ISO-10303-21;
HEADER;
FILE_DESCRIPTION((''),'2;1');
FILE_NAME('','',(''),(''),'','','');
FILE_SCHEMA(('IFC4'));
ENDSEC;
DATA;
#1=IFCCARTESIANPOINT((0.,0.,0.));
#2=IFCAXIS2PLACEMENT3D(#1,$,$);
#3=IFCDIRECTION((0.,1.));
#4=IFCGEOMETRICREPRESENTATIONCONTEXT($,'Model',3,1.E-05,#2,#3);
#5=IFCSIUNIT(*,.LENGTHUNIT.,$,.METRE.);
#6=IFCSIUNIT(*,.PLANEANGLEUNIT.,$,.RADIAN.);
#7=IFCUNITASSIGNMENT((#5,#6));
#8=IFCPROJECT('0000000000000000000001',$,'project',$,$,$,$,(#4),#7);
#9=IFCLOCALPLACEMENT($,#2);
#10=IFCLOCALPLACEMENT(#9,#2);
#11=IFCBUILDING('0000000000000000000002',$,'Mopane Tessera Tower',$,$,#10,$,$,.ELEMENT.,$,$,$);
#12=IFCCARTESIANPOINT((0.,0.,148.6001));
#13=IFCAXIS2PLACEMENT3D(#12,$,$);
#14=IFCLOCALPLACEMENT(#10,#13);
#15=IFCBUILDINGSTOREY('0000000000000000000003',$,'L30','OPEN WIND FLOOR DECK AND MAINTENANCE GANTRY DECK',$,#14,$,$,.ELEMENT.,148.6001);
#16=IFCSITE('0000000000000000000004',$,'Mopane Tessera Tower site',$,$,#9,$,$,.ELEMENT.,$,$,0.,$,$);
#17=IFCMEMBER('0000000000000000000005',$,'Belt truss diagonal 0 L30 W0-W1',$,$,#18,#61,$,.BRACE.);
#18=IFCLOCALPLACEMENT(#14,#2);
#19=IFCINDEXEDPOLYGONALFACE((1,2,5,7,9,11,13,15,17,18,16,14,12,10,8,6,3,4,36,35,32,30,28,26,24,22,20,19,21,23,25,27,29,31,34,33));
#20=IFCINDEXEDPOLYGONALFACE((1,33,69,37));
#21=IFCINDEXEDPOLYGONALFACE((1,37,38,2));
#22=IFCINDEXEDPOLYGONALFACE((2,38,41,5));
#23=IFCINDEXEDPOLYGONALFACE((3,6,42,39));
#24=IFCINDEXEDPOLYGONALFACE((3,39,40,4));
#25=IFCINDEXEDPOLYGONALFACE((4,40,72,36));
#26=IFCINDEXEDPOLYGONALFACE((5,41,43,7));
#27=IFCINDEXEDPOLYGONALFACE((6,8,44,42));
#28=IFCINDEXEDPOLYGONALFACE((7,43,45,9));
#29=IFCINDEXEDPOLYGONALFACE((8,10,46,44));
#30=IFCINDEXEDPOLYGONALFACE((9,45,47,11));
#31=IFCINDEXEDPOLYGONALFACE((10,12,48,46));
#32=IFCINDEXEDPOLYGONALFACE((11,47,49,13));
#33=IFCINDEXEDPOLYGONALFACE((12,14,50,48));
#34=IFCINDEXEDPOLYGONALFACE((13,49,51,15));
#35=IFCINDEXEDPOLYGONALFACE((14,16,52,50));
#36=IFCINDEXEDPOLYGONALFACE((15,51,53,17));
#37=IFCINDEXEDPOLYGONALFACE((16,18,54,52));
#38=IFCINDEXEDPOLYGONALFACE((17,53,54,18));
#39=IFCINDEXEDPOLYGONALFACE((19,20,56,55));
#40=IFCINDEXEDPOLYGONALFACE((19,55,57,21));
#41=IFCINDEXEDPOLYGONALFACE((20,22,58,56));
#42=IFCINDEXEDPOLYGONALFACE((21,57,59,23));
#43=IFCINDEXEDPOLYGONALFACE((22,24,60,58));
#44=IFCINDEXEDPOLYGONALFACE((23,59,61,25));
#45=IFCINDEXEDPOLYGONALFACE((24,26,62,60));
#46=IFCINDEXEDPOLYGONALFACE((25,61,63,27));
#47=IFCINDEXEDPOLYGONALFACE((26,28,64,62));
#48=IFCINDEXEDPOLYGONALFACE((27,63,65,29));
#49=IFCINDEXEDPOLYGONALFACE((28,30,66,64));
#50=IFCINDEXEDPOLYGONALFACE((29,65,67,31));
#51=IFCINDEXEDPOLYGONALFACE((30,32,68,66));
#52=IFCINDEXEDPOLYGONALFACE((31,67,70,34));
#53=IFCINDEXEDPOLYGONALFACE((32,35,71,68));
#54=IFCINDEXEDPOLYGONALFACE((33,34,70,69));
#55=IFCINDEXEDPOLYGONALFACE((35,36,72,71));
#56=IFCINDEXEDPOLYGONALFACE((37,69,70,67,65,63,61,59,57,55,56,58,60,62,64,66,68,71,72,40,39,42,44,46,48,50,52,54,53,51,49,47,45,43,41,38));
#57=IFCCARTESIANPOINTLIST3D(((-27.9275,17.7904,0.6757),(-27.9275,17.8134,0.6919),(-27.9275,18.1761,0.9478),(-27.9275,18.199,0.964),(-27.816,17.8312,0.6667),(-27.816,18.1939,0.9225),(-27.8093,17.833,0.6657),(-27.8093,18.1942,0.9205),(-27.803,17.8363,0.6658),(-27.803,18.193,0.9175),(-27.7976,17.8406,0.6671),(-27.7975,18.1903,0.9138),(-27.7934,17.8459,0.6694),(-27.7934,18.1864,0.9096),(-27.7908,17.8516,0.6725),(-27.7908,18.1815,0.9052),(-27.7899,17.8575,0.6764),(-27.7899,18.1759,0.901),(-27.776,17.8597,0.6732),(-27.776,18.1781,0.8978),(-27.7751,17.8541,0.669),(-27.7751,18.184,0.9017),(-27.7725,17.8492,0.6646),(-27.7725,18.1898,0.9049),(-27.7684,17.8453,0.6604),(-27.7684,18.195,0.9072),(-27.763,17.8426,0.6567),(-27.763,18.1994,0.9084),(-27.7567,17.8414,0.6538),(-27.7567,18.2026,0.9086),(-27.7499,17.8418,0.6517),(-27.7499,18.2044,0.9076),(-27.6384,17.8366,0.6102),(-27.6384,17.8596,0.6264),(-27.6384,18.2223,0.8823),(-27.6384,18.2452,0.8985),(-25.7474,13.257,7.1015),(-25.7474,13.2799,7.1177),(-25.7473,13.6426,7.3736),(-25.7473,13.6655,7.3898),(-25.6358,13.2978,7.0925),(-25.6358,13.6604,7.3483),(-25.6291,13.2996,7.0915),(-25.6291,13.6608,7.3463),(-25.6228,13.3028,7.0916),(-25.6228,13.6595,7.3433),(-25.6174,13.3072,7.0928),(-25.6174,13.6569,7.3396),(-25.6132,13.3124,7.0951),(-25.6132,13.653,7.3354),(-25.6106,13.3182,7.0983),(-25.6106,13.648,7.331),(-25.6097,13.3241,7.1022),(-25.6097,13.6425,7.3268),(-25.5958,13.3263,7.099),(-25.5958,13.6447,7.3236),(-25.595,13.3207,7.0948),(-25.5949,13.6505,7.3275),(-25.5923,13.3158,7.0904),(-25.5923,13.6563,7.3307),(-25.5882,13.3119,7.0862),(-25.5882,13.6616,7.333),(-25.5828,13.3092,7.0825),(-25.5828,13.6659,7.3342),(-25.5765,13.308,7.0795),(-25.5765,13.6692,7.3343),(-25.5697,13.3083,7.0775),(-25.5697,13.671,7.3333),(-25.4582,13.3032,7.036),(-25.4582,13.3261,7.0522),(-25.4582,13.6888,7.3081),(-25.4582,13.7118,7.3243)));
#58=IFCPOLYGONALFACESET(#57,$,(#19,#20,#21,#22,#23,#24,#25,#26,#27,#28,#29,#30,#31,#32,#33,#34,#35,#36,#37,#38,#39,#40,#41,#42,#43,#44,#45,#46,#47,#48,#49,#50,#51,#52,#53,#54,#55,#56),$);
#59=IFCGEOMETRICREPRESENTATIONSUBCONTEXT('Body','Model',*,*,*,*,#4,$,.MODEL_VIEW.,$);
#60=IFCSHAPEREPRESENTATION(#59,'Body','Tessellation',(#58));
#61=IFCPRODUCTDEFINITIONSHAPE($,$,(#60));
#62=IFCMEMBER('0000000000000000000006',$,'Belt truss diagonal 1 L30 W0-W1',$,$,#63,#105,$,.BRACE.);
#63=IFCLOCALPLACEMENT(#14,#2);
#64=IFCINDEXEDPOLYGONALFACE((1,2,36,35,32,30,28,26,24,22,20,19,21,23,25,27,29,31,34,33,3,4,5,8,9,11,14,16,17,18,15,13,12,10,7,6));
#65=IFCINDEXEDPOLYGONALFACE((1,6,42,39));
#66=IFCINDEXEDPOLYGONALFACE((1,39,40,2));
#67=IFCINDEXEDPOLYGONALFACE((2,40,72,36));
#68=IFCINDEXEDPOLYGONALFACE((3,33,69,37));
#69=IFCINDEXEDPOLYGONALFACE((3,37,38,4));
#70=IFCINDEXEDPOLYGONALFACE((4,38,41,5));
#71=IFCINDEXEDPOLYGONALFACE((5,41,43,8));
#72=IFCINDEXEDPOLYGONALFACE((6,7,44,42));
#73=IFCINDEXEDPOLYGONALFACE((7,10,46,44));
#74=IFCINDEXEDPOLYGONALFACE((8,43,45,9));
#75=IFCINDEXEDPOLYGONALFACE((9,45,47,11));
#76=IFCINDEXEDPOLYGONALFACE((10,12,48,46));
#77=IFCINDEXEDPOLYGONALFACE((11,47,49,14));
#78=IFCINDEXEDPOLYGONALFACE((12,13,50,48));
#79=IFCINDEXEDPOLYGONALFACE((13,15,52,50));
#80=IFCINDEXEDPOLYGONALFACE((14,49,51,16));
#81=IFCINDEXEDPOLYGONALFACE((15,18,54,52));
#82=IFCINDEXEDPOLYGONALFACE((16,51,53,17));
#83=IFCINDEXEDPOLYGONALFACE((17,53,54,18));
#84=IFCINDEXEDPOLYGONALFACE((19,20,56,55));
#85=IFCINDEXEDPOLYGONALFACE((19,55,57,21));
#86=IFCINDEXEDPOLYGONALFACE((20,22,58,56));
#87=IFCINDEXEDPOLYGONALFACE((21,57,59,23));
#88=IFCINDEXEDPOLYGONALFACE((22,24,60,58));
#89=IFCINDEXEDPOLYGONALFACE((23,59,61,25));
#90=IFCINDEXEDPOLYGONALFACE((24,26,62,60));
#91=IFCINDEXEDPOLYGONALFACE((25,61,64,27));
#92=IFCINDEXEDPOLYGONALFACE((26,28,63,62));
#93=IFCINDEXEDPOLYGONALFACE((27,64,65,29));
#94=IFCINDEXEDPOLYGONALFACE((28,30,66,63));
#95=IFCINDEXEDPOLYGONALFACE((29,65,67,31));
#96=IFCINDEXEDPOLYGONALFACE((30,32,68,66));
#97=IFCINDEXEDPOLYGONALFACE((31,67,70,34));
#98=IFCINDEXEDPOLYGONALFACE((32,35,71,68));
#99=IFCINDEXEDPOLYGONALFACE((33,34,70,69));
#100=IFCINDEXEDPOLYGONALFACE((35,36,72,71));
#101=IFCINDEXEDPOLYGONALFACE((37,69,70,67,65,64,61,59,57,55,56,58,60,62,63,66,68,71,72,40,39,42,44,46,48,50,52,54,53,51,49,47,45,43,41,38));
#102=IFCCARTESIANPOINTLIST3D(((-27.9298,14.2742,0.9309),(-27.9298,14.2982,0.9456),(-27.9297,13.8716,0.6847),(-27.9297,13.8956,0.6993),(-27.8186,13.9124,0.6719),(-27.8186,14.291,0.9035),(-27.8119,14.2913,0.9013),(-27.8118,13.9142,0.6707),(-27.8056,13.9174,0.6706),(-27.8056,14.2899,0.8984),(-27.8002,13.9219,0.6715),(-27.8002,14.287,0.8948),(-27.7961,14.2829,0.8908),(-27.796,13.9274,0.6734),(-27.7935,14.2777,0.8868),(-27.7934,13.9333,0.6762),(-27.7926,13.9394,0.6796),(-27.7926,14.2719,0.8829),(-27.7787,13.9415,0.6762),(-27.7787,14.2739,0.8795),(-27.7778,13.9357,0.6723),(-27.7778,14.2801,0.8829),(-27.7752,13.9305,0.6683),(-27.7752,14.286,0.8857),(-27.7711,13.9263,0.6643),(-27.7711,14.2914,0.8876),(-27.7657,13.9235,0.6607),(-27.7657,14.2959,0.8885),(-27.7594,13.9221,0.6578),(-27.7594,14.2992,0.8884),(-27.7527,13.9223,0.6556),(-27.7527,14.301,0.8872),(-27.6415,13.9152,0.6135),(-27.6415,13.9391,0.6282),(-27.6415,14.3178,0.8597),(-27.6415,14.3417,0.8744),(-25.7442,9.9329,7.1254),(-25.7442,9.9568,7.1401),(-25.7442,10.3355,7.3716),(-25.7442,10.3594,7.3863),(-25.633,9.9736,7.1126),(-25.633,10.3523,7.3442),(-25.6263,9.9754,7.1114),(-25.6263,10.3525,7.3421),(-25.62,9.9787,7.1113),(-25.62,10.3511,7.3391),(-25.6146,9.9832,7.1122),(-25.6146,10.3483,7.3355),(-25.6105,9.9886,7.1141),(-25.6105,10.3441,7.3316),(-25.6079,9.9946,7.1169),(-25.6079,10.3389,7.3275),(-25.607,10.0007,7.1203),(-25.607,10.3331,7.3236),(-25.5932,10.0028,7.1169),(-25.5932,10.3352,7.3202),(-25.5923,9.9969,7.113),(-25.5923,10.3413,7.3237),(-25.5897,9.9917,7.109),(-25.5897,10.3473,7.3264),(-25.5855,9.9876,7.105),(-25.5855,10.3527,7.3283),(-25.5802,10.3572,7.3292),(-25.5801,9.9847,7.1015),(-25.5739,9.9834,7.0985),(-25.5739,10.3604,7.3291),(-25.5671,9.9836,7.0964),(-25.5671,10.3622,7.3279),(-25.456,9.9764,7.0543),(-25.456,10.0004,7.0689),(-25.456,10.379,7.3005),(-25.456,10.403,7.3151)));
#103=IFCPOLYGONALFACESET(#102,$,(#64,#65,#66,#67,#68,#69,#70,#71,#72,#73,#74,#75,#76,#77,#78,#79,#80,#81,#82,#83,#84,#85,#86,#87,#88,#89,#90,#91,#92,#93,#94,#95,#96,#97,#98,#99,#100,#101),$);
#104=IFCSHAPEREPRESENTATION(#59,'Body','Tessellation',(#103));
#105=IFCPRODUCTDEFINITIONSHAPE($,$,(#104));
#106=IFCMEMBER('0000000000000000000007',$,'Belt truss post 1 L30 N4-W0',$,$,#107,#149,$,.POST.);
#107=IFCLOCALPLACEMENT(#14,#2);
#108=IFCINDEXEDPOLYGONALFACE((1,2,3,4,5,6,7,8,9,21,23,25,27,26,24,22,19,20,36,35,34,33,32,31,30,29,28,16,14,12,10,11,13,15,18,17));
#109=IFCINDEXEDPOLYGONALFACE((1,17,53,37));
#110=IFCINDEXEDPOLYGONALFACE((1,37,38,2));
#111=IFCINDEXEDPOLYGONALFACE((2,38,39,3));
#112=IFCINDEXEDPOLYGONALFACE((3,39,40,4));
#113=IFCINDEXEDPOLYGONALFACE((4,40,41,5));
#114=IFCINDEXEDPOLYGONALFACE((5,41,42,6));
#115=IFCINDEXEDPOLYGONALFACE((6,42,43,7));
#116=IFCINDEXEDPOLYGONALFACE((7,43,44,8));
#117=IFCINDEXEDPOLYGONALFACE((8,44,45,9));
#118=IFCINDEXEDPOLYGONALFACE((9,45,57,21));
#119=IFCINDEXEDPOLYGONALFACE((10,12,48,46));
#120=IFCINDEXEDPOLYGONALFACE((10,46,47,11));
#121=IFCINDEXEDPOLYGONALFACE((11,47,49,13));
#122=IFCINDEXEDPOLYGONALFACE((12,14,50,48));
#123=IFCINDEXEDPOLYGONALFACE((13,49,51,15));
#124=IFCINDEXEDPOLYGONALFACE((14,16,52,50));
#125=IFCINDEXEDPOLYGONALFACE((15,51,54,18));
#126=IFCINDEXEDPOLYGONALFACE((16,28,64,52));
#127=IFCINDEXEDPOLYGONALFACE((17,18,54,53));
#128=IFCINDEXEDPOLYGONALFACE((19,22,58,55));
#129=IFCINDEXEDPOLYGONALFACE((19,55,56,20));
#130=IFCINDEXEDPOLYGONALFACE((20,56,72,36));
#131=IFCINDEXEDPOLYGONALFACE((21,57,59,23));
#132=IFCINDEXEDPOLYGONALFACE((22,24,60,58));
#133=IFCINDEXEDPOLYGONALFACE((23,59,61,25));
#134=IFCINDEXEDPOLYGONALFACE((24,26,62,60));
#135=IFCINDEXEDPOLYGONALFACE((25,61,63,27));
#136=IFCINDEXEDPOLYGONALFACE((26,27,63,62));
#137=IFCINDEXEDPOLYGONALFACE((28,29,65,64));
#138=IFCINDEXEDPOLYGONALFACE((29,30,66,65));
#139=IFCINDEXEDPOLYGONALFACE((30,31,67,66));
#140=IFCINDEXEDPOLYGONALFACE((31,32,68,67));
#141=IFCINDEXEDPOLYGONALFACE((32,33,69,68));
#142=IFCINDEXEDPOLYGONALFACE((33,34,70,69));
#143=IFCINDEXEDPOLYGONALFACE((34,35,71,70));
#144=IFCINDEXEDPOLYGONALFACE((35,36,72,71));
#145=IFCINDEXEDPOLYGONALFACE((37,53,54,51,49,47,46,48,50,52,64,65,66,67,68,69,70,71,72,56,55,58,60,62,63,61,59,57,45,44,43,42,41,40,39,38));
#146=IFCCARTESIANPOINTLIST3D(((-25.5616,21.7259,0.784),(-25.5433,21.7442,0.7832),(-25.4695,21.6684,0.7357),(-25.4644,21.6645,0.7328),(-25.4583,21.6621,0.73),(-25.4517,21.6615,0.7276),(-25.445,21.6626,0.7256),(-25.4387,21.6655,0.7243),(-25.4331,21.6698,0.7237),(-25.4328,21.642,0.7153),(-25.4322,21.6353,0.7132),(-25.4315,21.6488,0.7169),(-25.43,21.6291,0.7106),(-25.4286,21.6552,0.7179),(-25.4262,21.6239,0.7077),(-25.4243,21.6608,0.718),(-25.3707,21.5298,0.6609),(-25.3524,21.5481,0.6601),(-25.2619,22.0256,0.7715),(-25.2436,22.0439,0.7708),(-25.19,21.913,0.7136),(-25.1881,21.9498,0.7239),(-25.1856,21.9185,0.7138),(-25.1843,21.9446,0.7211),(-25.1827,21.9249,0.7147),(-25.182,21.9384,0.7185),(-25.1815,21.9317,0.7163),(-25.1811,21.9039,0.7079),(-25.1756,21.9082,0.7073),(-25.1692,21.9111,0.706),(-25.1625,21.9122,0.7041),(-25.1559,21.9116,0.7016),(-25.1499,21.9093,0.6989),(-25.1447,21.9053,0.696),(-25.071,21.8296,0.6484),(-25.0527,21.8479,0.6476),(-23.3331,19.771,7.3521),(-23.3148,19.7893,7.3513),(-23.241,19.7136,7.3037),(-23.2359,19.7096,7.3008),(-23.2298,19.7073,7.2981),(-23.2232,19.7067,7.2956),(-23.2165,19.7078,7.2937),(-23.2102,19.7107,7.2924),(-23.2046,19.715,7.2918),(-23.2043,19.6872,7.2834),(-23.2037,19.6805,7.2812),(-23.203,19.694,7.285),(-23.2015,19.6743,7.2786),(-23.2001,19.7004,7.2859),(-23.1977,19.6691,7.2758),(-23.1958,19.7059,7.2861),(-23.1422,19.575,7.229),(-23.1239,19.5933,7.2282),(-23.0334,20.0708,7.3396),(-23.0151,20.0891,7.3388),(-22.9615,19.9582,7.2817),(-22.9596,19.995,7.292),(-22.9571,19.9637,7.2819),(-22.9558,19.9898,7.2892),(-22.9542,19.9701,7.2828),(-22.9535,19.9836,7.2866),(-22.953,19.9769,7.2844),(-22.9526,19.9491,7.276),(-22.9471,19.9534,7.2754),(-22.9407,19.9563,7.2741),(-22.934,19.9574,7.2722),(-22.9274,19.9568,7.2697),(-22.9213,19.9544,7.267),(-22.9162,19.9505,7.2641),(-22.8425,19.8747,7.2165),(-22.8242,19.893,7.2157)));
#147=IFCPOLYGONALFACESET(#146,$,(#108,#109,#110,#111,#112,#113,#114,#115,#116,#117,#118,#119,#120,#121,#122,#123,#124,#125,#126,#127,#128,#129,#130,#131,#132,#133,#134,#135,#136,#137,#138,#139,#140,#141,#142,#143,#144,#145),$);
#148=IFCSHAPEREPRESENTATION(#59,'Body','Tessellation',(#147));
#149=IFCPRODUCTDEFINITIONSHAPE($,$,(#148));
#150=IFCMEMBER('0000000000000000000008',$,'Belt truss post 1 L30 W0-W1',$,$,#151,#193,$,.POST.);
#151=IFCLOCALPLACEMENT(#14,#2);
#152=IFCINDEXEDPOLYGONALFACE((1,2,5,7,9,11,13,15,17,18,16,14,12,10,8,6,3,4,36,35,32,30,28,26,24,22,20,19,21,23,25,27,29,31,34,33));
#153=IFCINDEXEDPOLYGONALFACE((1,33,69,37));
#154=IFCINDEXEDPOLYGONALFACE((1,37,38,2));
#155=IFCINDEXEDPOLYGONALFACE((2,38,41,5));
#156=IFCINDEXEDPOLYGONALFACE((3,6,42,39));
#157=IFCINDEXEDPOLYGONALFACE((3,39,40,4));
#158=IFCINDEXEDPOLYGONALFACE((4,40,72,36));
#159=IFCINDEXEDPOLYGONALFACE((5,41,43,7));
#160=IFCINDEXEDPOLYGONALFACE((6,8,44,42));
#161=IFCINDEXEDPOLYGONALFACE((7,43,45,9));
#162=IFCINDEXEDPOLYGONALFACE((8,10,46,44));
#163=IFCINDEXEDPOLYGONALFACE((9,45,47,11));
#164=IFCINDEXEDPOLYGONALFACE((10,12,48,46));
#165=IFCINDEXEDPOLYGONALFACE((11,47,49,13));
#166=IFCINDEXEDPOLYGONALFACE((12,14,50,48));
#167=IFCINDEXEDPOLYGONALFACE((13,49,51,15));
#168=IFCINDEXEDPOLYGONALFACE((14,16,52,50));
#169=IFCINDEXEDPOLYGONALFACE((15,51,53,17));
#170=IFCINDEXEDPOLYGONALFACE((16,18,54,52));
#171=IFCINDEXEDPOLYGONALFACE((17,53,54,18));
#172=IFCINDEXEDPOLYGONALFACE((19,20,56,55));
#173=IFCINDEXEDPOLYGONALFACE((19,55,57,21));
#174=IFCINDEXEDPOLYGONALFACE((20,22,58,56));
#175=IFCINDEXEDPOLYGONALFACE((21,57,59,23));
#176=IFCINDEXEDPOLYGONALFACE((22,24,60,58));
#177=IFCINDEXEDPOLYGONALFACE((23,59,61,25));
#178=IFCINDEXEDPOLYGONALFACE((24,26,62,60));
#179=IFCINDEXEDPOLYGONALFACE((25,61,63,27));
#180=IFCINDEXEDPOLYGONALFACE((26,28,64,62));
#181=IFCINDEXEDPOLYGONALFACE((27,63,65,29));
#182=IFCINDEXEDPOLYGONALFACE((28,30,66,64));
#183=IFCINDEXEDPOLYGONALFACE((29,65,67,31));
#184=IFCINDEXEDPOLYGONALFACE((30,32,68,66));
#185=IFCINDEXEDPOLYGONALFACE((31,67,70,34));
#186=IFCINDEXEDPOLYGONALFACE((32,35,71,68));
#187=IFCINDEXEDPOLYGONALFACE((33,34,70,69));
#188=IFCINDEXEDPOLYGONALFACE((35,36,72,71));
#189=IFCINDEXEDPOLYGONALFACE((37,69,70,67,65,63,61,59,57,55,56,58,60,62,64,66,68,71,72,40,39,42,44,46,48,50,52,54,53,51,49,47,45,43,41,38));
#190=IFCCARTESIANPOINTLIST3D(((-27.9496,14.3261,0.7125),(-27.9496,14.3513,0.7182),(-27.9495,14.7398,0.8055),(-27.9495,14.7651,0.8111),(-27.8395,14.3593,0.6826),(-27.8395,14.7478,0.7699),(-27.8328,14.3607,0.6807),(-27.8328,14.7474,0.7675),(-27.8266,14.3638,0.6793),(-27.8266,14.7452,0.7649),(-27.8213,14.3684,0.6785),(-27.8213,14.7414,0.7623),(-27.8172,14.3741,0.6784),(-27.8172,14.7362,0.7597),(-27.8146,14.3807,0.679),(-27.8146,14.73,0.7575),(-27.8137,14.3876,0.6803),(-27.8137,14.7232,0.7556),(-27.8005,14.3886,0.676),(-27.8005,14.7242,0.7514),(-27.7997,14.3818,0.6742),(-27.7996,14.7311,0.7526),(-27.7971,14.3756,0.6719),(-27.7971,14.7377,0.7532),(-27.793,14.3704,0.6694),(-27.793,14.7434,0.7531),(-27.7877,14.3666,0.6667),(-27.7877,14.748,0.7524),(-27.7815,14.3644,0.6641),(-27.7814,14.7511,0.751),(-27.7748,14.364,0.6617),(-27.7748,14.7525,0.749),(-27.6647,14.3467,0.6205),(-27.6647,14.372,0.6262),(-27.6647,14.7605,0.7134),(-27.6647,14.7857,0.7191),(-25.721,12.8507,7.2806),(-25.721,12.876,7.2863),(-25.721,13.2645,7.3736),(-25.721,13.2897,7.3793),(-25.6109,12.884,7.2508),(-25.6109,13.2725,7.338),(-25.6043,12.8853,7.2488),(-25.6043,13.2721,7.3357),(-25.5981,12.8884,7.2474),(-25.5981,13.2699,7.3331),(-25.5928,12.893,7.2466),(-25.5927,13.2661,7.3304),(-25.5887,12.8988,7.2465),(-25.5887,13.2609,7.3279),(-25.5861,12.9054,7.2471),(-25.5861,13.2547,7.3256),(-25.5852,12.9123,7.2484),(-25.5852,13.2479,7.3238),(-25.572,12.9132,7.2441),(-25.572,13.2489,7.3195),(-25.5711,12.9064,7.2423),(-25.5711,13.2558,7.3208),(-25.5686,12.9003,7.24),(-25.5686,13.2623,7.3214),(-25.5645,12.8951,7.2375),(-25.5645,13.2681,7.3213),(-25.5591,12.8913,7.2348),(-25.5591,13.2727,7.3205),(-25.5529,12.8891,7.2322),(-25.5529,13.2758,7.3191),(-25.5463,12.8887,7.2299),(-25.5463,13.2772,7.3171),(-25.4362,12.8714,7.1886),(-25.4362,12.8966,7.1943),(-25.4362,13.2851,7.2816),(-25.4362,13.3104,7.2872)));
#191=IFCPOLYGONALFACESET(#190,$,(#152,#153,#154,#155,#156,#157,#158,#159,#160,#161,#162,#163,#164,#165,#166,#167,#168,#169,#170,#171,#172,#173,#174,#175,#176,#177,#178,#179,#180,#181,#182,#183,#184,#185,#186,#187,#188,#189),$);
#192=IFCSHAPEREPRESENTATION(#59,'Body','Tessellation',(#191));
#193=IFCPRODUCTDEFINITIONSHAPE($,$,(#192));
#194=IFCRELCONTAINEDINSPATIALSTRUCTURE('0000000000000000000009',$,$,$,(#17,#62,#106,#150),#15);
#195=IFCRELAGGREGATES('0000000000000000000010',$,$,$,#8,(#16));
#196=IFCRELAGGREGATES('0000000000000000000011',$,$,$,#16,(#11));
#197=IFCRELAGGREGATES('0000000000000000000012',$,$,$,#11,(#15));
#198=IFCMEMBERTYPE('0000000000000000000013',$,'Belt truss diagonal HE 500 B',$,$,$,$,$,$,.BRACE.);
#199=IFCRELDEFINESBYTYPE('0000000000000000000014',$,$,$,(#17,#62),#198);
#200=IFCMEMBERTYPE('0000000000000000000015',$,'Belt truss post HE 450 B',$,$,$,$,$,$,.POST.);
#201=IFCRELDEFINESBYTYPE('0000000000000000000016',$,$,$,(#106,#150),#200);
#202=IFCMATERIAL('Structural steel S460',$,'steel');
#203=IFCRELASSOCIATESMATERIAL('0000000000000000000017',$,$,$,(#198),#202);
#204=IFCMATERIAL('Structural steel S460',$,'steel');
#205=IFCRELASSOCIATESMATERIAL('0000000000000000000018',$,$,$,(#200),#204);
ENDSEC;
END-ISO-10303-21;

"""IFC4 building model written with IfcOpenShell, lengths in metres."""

from ifc_helpers import new_model, si_unit, direction, frame, origin, origin_2d, place, context, subcontext, project, spatial, i_section, extrude, material, material_profile, profile_set, type_object, element, save


model = new_model("IFC4")

# Units and contexts
model_context = context("Model", 3, precision=1e-05, world=origin(), true_north=direction((0.0, 1.0)))
body_context = subcontext(model_context, "Body", "Model", "MODEL_VIEW")
ifc_project = project(units=[si_unit("LENGTHUNIT", "METRE"), si_unit("PLANEANGLEUNIT", "RADIAN")], contexts=[model_context])

# Site, building, storey
site_placement = place(None, origin())
site = spatial("IfcSite", under=ifc_project, at=site_placement, Name="Mopane Tessera Tower site", CompositionType="ELEMENT", RefElevation=0.0)
building_placement = place(site_placement, origin())
building = spatial("IfcBuilding", under=site, at=building_placement, Name="Mopane Tessera Tower", CompositionType="ELEMENT")
storey_placement = place(building_placement, frame((0.0, 0.0, 148.6001)))
storey = spatial("IfcBuildingStorey", under=building, at=storey_placement, Name="L30", Description="OPEN WIND FLOOR DECK AND MAINTENANCE GANTRY DECK", CompositionType="ELEMENT", Elevation=148.6001)

# Members
ifc_material_1 = material(Name="Structural steel S460", Category="steel")
ifc_material_profile_1 = material_profile(ifc_material_1, i_section(OverallWidth=0.3, OverallDepth=0.5, WebThickness=0.0144, FlangeThickness=0.0281, FilletRadius=0.0271, at=origin_2d()))
ifc_profile_set_1 = profile_set([ifc_material_profile_1], Name="Structural steel S460")
member_type_1 = type_object("IfcMemberType", Name="Belt truss diagonal HE 500 B", PredefinedType="BRACE", material=ifc_profile_set_1)
member_1_placement = place(storey_placement, frame((-27.783, 18.0178, 0.7871), z_axis=(0.267158, -0.555526, 0.787412), x_axis=(0.963653, 0.153996, -0.218308)))
element("IfcMember", 1, at=member_1_placement, inside=storey, type_object=member_type_1, Name="Belt truss diagonal 0 L30 W0-W1", PredefinedType="BRACE", context=body_context, shape_type="SweptSolid", body=[
    extrude(i_section(OverallWidth=0.3, OverallDepth=0.5, WebThickness=0.0144, FlangeThickness=0.0281, FilletRadius=0.0271, at=origin_2d()), origin(), (0.0, 0.0, 1.0), 8.1606),
])
member_2_placement = place(storey_placement, frame((-27.7856, 14.1067, 0.7795), z_axis=(0.278076, -0.501139, 0.819472), x_axis=(0.960559, 0.145106, -0.237214)))
element("IfcMember", 2, at=member_2_placement, inside=storey, type_object=member_type_1, Name="Belt truss diagonal 1 L30 W0-W1", PredefinedType="BRACE", context=body_context, shape_type="SweptSolid", body=[
    extrude(i_section(OverallWidth=0.3, OverallDepth=0.5, WebThickness=0.0144, FlangeThickness=0.0281, FilletRadius=0.0271, at=origin_2d()), origin(), (0.0, 0.0, 1.0), 7.8596),
])
ifc_material_2 = material(Name="Structural steel S460", Category="steel")
ifc_material_profile_2 = material_profile(ifc_material_2, i_section(OverallWidth=0.3, OverallDepth=0.45, WebThickness=0.0139, FlangeThickness=0.0259, FilletRadius=0.0271, at=origin_2d()))
ifc_profile_set_2 = profile_set([ifc_material_profile_2], Name="Structural steel S460")
member_type_2 = type_object("IfcMemberType", Name="Belt truss post HE 450 B", PredefinedType="POST", material=ifc_profile_set_2)
member_3_placement = place(storey_placement, frame((-25.3071, 21.7869, 0.7158), z_axis=(0.309254, -0.271275, 0.911467), x_axis=(0.636223, -0.653345, -0.410318)))
element("IfcMember", 3, at=member_3_placement, inside=storey, type_object=member_type_2, Name="Belt truss post 1 L30 N4-W0", PredefinedType="POST", context=body_context, shape_type="SweptSolid", body=[
    extrude(i_section(OverallWidth=0.3, OverallDepth=0.45, WebThickness=0.0139, FlangeThickness=0.0259, FilletRadius=0.0271, at=origin_2d()), origin(), (0.0, 0.0, 1.0), 7.2061),
])
member_4_placement = place(storey_placement, frame((-27.8071, 14.5559, 0.7158), z_axis=(0.314271, -0.208057, 0.926254), x_axis=(0.949333, 0.068845, -0.306638)))
element("IfcMember", 4, at=member_4_placement, inside=storey, type_object=member_type_2, Name="Belt truss post 1 L30 W0-W1", PredefinedType="POST", context=body_context, shape_type="SweptSolid", body=[
    extrude(i_section(OverallWidth=0.3, OverallDepth=0.45, WebThickness=0.0139, FlangeThickness=0.0259, FilletRadius=0.0271, at=origin_2d()), origin(), (0.0, 0.0, 1.0), 7.0911),
])

save(model, "model.ifc")
